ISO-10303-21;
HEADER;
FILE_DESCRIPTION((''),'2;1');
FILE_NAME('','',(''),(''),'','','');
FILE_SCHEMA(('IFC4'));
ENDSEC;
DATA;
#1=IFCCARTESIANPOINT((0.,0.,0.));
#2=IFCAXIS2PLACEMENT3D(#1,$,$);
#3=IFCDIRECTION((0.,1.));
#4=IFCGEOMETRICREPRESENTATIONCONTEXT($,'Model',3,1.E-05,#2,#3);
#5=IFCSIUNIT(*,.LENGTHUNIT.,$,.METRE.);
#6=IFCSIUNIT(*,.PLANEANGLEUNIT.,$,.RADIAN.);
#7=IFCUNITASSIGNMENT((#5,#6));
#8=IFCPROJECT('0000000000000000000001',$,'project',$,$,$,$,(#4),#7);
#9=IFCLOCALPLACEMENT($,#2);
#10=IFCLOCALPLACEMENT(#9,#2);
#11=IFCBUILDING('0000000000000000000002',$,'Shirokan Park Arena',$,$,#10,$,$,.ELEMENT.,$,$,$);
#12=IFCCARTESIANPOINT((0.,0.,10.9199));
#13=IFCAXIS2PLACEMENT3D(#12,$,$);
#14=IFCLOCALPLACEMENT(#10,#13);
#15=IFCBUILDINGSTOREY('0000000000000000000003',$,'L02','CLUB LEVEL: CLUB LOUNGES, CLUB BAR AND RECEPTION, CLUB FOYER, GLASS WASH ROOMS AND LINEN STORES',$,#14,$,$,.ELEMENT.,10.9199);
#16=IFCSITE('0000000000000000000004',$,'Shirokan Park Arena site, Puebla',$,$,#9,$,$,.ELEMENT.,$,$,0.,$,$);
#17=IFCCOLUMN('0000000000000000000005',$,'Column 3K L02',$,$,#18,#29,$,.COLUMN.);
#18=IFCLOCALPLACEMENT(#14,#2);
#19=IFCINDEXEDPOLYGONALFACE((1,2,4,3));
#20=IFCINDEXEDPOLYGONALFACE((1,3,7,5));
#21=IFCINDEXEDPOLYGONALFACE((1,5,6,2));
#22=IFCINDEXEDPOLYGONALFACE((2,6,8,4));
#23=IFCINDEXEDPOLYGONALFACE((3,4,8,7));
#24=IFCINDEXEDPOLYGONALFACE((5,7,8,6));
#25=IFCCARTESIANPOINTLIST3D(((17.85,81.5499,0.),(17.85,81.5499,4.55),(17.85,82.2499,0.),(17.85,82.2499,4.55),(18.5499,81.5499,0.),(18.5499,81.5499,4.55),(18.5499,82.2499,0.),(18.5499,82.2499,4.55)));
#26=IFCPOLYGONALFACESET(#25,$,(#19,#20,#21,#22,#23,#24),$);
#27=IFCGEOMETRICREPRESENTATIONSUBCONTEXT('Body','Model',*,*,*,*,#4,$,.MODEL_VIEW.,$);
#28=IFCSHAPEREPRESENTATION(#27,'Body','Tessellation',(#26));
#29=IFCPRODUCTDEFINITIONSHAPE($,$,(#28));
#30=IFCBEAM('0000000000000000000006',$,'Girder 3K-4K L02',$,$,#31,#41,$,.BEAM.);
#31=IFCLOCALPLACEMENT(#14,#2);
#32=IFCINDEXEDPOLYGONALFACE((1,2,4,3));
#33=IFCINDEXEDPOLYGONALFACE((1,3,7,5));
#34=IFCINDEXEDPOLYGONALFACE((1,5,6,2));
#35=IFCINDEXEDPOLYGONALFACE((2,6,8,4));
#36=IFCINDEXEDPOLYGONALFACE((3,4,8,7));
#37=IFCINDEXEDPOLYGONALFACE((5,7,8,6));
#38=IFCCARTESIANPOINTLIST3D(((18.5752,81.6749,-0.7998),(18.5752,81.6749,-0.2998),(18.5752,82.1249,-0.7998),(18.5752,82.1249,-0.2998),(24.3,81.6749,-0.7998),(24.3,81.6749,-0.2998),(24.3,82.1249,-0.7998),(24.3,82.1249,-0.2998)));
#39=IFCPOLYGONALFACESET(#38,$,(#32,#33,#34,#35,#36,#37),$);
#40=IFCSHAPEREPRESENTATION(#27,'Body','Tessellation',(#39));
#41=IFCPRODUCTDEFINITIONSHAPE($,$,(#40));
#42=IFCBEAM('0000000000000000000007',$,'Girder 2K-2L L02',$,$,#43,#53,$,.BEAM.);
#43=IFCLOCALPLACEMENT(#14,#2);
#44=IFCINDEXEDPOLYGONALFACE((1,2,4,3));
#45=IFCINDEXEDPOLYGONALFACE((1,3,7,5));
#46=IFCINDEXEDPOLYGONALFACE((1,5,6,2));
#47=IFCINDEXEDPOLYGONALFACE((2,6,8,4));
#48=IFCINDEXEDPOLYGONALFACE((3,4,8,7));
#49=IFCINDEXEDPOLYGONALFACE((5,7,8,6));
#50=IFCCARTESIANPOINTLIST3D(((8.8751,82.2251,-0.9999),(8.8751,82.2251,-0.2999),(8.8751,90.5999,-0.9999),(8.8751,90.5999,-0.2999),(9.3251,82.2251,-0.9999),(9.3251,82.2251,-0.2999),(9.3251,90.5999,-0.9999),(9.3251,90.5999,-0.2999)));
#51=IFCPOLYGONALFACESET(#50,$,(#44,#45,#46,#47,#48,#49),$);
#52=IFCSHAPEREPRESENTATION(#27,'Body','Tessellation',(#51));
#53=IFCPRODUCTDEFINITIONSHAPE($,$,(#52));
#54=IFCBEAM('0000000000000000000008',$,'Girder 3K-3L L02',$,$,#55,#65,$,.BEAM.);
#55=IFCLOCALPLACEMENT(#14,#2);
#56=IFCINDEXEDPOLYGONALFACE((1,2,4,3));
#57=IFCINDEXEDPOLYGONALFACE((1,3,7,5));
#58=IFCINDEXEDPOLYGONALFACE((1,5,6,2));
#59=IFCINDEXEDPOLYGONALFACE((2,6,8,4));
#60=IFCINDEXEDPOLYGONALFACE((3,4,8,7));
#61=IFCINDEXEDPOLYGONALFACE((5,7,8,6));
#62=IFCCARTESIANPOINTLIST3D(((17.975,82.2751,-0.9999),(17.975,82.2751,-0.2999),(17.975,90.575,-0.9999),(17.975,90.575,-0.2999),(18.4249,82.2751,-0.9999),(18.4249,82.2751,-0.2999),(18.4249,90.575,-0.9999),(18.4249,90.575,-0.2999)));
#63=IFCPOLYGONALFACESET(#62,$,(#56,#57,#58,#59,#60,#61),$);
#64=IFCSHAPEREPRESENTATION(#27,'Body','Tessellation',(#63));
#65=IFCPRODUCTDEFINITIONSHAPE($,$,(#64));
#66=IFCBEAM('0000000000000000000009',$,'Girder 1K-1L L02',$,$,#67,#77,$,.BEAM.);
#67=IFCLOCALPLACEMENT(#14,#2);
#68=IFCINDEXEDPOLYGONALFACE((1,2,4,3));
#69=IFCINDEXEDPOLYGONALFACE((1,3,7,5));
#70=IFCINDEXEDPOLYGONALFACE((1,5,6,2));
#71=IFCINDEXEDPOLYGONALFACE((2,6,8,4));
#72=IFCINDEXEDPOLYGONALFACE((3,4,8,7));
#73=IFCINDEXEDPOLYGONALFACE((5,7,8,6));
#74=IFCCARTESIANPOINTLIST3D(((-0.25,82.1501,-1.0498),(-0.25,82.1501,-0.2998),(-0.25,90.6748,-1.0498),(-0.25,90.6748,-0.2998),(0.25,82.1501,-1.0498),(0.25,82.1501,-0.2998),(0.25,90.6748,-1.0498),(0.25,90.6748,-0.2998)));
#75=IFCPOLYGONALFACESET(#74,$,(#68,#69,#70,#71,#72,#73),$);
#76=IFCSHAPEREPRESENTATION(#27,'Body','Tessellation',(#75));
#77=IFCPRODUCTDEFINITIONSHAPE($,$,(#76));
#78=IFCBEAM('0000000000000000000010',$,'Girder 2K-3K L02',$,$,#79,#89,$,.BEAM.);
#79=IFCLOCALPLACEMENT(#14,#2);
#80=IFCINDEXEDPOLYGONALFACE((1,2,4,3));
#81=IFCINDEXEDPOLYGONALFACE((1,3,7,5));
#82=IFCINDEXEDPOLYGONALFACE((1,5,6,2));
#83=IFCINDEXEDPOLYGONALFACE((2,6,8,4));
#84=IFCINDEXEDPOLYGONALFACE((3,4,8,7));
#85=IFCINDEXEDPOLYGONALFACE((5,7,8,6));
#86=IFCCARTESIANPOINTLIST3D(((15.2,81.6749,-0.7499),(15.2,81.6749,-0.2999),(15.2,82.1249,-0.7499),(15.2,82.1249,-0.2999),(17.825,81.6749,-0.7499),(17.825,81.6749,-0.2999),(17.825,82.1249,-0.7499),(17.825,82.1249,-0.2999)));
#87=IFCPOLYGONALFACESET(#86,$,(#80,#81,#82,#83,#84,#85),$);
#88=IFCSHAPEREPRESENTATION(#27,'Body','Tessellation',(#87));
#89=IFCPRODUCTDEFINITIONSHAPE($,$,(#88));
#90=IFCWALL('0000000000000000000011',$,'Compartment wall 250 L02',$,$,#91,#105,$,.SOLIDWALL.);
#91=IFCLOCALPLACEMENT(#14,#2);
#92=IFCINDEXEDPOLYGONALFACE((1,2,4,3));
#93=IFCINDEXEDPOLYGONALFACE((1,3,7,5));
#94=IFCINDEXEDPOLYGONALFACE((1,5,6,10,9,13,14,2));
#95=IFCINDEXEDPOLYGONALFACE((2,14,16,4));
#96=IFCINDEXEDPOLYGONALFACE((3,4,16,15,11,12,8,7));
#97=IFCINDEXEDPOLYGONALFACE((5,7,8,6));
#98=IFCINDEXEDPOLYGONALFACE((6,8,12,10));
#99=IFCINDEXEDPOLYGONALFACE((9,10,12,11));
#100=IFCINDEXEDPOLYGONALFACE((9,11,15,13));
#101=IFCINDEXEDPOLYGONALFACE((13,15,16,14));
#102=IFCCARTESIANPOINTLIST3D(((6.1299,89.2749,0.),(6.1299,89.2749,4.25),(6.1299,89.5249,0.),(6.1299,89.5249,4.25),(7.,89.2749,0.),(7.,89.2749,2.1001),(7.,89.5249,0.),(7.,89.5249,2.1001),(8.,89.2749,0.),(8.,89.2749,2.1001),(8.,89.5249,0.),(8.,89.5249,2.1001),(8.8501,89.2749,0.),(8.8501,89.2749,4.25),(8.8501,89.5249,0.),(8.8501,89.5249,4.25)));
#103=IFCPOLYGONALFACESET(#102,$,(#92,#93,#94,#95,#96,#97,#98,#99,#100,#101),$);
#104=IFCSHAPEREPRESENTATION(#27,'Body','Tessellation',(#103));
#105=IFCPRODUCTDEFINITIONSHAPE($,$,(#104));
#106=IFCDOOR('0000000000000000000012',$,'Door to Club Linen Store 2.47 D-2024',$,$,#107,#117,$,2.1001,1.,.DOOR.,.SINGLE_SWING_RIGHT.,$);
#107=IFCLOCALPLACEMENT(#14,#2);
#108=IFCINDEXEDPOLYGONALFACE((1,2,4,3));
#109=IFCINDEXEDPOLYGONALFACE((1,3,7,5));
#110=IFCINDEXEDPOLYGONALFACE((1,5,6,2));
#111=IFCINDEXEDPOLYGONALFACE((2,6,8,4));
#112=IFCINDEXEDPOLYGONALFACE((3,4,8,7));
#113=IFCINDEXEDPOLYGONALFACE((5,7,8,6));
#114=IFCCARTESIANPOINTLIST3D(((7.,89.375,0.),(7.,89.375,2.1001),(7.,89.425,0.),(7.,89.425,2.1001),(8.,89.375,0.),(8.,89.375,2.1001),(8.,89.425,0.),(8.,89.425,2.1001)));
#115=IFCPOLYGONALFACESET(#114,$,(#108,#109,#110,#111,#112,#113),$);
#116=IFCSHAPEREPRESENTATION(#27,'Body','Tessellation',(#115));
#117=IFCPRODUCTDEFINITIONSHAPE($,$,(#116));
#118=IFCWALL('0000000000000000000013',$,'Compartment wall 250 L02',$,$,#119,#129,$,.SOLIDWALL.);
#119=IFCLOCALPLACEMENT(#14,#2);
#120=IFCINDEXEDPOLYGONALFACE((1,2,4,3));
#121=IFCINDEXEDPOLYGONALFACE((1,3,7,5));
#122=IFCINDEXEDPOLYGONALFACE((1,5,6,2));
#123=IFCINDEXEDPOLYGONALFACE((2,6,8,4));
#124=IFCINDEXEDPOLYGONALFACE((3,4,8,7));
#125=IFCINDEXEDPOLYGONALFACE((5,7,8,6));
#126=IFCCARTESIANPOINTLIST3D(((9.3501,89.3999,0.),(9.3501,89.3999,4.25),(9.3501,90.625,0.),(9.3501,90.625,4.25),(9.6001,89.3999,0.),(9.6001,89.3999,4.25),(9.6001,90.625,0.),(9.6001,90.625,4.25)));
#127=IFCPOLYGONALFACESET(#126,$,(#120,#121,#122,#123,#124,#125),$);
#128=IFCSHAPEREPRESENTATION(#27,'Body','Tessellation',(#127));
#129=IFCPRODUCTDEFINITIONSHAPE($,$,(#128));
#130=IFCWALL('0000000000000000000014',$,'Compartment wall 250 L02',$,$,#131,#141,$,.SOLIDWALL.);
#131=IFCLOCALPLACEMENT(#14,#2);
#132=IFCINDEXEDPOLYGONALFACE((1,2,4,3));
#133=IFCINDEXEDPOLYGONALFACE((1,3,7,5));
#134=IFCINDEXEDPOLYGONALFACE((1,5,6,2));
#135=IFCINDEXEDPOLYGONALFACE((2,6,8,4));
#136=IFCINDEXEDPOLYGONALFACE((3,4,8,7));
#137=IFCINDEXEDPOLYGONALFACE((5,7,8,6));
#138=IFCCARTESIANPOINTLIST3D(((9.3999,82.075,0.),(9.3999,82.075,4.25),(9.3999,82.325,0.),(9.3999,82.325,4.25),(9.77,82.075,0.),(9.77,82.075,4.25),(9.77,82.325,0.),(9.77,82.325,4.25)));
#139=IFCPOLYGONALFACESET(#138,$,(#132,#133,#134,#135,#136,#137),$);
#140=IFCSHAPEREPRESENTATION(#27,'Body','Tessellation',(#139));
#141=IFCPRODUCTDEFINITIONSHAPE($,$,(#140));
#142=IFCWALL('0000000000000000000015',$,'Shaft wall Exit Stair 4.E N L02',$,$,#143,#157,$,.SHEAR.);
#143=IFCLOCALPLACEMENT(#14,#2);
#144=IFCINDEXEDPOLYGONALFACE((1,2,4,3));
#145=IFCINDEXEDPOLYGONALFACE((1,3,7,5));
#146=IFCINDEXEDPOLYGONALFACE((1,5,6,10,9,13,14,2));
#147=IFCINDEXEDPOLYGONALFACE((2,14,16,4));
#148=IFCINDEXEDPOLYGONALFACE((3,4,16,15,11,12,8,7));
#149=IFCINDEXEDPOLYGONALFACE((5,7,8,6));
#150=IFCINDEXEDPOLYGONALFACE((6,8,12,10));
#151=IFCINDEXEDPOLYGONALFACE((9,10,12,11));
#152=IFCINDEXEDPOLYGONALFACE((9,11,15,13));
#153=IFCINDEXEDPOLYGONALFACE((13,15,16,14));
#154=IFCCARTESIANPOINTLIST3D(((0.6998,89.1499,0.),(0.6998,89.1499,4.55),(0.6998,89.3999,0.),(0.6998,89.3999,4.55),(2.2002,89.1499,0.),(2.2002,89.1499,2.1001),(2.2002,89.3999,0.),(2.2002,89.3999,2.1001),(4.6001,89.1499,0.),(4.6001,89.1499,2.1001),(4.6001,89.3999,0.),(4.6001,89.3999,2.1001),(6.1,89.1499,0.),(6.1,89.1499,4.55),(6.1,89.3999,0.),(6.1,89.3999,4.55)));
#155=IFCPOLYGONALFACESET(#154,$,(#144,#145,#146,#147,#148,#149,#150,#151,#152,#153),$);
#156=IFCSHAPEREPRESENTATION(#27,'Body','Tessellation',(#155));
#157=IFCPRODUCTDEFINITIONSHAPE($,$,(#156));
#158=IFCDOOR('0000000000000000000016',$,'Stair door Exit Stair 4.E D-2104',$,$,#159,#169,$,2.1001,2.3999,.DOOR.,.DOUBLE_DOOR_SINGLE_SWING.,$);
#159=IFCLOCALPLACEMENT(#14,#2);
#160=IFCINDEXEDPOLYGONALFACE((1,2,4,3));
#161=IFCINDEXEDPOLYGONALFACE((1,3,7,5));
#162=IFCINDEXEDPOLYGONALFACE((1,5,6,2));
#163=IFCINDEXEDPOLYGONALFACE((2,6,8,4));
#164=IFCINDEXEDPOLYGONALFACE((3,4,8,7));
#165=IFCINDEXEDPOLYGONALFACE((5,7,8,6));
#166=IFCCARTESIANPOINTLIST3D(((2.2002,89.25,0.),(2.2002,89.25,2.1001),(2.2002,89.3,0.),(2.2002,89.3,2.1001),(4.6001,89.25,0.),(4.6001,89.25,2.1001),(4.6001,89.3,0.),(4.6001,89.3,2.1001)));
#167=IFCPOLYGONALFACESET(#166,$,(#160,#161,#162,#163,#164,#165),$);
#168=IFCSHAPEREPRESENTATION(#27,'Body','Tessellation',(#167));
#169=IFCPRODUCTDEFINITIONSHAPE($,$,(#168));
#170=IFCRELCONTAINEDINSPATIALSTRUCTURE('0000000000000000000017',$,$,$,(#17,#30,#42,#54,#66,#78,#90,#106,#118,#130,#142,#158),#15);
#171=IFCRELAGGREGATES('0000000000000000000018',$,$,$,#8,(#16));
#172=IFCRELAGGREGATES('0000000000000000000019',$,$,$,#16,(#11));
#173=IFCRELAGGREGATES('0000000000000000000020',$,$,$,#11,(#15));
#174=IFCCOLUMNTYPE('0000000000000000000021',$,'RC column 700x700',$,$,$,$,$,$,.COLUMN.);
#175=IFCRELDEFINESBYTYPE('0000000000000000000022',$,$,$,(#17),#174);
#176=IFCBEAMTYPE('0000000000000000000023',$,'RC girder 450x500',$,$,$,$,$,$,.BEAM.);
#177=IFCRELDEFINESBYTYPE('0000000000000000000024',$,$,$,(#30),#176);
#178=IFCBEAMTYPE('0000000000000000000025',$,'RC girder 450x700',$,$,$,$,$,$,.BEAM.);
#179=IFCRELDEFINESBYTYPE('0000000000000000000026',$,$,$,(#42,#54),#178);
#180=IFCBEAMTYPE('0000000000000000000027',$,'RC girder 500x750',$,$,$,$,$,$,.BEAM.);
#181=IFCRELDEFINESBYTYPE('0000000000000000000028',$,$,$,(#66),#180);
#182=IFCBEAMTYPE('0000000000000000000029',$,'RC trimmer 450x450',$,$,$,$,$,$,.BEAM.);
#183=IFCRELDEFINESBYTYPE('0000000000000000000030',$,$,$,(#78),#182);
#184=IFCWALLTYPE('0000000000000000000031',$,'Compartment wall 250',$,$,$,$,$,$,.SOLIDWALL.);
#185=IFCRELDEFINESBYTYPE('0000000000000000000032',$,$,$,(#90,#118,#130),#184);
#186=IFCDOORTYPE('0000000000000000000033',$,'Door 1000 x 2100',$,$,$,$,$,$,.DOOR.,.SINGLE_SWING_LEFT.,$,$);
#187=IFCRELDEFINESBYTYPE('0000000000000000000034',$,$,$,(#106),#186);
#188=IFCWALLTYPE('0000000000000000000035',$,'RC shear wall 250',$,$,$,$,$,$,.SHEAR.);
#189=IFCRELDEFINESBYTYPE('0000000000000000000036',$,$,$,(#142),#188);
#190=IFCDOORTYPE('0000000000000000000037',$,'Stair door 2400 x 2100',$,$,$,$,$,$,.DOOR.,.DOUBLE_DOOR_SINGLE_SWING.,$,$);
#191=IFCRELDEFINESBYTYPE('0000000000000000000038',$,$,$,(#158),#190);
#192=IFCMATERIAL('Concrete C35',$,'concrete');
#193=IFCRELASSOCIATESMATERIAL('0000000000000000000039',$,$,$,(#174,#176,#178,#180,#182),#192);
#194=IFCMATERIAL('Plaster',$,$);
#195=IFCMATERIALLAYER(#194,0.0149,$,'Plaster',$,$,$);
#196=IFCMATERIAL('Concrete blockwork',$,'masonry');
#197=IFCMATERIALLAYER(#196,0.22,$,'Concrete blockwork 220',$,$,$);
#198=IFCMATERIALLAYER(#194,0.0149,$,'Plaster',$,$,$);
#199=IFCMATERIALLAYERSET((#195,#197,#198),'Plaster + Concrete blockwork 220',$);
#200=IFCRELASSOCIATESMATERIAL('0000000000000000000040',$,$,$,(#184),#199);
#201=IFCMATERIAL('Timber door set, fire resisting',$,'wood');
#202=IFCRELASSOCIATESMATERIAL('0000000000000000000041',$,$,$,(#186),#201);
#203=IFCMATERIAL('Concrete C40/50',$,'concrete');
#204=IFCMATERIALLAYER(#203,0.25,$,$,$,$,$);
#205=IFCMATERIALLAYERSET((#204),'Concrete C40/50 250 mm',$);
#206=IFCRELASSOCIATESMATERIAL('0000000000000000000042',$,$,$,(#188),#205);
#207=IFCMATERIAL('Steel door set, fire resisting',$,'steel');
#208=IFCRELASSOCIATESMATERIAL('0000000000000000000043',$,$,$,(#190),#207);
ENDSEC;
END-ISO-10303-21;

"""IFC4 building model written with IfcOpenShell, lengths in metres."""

from ifc_helpers import new_model, si_unit, direction, frame, frame_2d, origin, origin_2d, place, context, subcontext, project, spatial, rectangle, extrude, material, layer, layer_set, material_profile, profile_set, type_object, element, fill, save


model = new_model("IFC4")

# Units and contexts
model_context = context("Model", 3, precision=1e-05, world=origin(), true_north=direction((0.0, 1.0)))
body_context = subcontext(model_context, "Body", "Model", "MODEL_VIEW")
ifc_project = project(units=[si_unit("LENGTHUNIT", "METRE"), si_unit("PLANEANGLEUNIT", "RADIAN")], contexts=[model_context])

# Site, building, storey
site_placement = place(None, origin())
site = spatial("IfcSite", under=ifc_project, at=site_placement, Name="Shirokan Park Arena site, Puebla", CompositionType="ELEMENT", RefElevation=0.0)
building_placement = place(site_placement, origin())
building = spatial("IfcBuilding", under=site, at=building_placement, Name="Shirokan Park Arena", CompositionType="ELEMENT")
storey_placement = place(building_placement, frame((0.0, 0.0, 10.9199)))
storey = spatial("IfcBuildingStorey", under=building, at=storey_placement, Name="L02", Description="CLUB LEVEL: CLUB LOUNGES, CLUB BAR AND RECEPTION, CLUB FOYER, GLASS WASH ROOMS AND LINEN STORES", CompositionType="ELEMENT", Elevation=10.9199)

# Column
ifc_material_1 = material(Name="Concrete C35", Category="concrete")
ifc_material_profile_1 = material_profile(ifc_material_1, rectangle(XDim=0.7, YDim=0.7, at=origin_2d()), Name="700x700")
ifc_profile_set_1 = profile_set([ifc_material_profile_1], Name="Concrete C35")
column_type = type_object("IfcColumnType", Name="RC column 700x700", PredefinedType="COLUMN", material=ifc_profile_set_1)
column_placement = place(storey_placement, frame((18.2, 81.8999, 0.0), z_axis=(0.0, 0.0, 1.0), x_axis=(1.0, 0.0, 0.0)))
element("IfcColumn", 1, at=column_placement, inside=storey, type_object=column_type, Name="Column 3K L02", PredefinedType="COLUMN", context=body_context, shape_type="SweptSolid", body=[
    extrude(rectangle(XDim=0.7, YDim=0.7, at=origin_2d()), origin(), (0.0, 0.0, 1.0), 4.55),
])

# Beams
ifc_material_profile_2 = material_profile(ifc_material_1, rectangle(XDim=0.45, YDim=0.5, at=origin_2d()), Name="450x500")
ifc_profile_set_2 = profile_set([ifc_material_profile_2], Name="Concrete C35")
beam_type_1 = type_object("IfcBeamType", Name="RC girder 450x500", PredefinedType="BEAM", material=ifc_profile_set_2)
beam_1_placement = place(storey_placement, frame((18.5752, 81.8999, -0.5498), z_axis=(1.0, 0.0, 0.0), x_axis=(0.0, 1.0, 0.0)))
element("IfcBeam", 2, at=beam_1_placement, inside=storey, type_object=beam_type_1, Name="Girder 3K-4K L02", PredefinedType="BEAM", context=body_context, shape_type="SweptSolid", body=[
    extrude(rectangle(XDim=0.45, YDim=0.5, at=origin_2d()), origin(), (0.0, 0.0, 1.0), 5.7249),
])
ifc_material_profile_3 = material_profile(ifc_material_1, rectangle(XDim=0.45, YDim=0.7, at=origin_2d()), Name="450x700")
ifc_profile_set_3 = profile_set([ifc_material_profile_3], Name="Concrete C35")
beam_type_2 = type_object("IfcBeamType", Name="RC girder 450x700", PredefinedType="BEAM", material=ifc_profile_set_3)
beam_2_placement = place(storey_placement, frame((9.1001, 82.2251, -0.6499), z_axis=(0.0, 1.0, 0.0), x_axis=(-1.0, 0.0, 0.0)))
element("IfcBeam", 3, at=beam_2_placement, inside=storey, type_object=beam_type_2, Name="Girder 2K-2L L02", PredefinedType="BEAM", context=body_context, shape_type="SweptSolid", body=[
    extrude(rectangle(XDim=0.45, YDim=0.7, at=origin_2d()), origin(), (0.0, 0.0, 1.0), 8.3748),
])
beam_3_placement = place(storey_placement, frame((18.2, 82.2751, -0.6499), z_axis=(0.0, 1.0, 0.0), x_axis=(-1.0, 0.0, 0.0)))
element("IfcBeam", 4, at=beam_3_placement, inside=storey, type_object=beam_type_2, Name="Girder 3K-3L L02", PredefinedType="BEAM", context=body_context, shape_type="SweptSolid", body=[
    extrude(rectangle(XDim=0.45, YDim=0.7, at=origin_2d()), origin(), (0.0, 0.0, 1.0), 8.2998),
])
ifc_material_profile_4 = material_profile(ifc_material_1, rectangle(XDim=0.5, YDim=0.75, at=origin_2d()), Name="500x750")
ifc_profile_set_4 = profile_set([ifc_material_profile_4], Name="Concrete C35")
beam_type_3 = type_object("IfcBeamType", Name="RC girder 500x750", PredefinedType="BEAM", material=ifc_profile_set_4)
beam_4_placement = place(storey_placement, frame((0.0, 82.1501, -0.6748), z_axis=(0.0, 1.0, 0.0), x_axis=(-1.0, 0.0, 0.0)))
element("IfcBeam", 5, at=beam_4_placement, inside=storey, type_object=beam_type_3, Name="Girder 1K-1L L02", PredefinedType="BEAM", context=body_context, shape_type="SweptSolid", body=[
    extrude(rectangle(XDim=0.5, YDim=0.75, at=origin_2d()), origin(), (0.0, 0.0, 1.0), 8.5247),
])
ifc_material_profile_5 = material_profile(ifc_material_1, rectangle(XDim=0.45, YDim=0.45, at=origin_2d()), Name="450x450")
ifc_profile_set_5 = profile_set([ifc_material_profile_5], Name="Concrete C35")
beam_type_4 = type_object("IfcBeamType", Name="RC trimmer 450x450", PredefinedType="BEAM", material=ifc_profile_set_5)
beam_5_placement = place(storey_placement, frame((15.2, 81.8999, -0.5249), z_axis=(1.0, 0.0, 0.0), x_axis=(0.0, 1.0, 0.0)))
element("IfcBeam", 6, at=beam_5_placement, inside=storey, type_object=beam_type_4, Name="Girder 2K-3K L02", PredefinedType="BEAM", context=body_context, shape_type="SweptSolid", body=[
    extrude(rectangle(XDim=0.45, YDim=0.45, at=origin_2d()), origin(), (0.0, 0.0, 1.0), 2.625),
])

# Wall, opening, door
ifc_material_2 = material(Name="Plaster")
ifc_layer_1 = layer(ifc_material_2, 0.0149, Name="Plaster")
ifc_material_3 = material(Name="Concrete blockwork", Category="masonry")
ifc_layer_2 = layer(ifc_material_3, 0.22, Name="Concrete blockwork 220")
ifc_layer_3 = layer(ifc_material_2, 0.0149, Name="Plaster")
ifc_layer_set_1 = layer_set([ifc_layer_1, ifc_layer_2, ifc_layer_3], Name="Plaster + Concrete blockwork 220")
wall_type_1 = type_object("IfcWallType", Name="Compartment wall 250", PredefinedType="SOLIDWALL", material=ifc_layer_set_1)
wall_1_placement = place(storey_placement, frame((8.8501, 89.3999, 0.0), z_axis=(0.0, 0.0, 1.0), x_axis=(-1.0, 0.0, 0.0)))
wall_1 = element("IfcWall", 7, at=wall_1_placement, inside=storey, type_object=wall_type_1, Name="Compartment wall 250 L02", PredefinedType="SOLIDWALL", context=body_context, shape_type="SweptSolid", body=[
    extrude(rectangle(XDim=2.7202, YDim=0.25, at=frame_2d((1.3601, 0.0))), origin(), (0.0, 0.0, 1.0), 4.25),
])
opening_1_placement = place(wall_1_placement, frame((0.8501, 0.0, 0.0)))
opening_1 = element("IfcOpeningElement", 8, at=opening_1_placement, cuts=wall_1, PredefinedType="OPENING", context=body_context, shape_type="SweptSolid", body=[
    extrude(rectangle(XDim=1.0, YDim=2.1001, at=frame_2d((0.5, 1.05))), frame((0.0, 0.135, 0.0), z_axis=(0.0, -1.0, 0.0), x_axis=(1.0, 0.0, 0.0)), (0.0, 0.0, 1.0), 0.27),
])
ifc_material_4 = material(Name="Timber door set, fire resisting", Category="wood")
door_type_1 = type_object("IfcDoorType", Name="Door 1000 x 2100", OperationType="SINGLE_SWING_LEFT", PredefinedType="DOOR", material=ifc_material_4)
door_1_placement = place(opening_1_placement, origin())
door_1 = element("IfcDoor", 9, at=door_1_placement, inside=storey, type_object=door_type_1, Name="Door to Club Linen Store 2.47 D-2024", OperationType="SINGLE_SWING_RIGHT", OverallHeight=2.1001, OverallWidth=1.0, PredefinedType="DOOR", context=body_context, shape_type="SweptSolid", body=[
    extrude(rectangle(XDim=1.0, YDim=2.1001, at=frame_2d((0.5, 1.05))), frame((0.0, 0.0249, 0.0), z_axis=(0.0, -1.0, 0.0), x_axis=(1.0, 0.0, 0.0)), (0.0, 0.0, 1.0), 0.05),
])
fill(opening_1, door_1)

# Walls
wall_2_placement = place(storey_placement, frame((9.4751, 89.3999, 0.0), z_axis=(0.0, 0.0, 1.0), x_axis=(0.0, 1.0, 0.0)))
element("IfcWall", 10, at=wall_2_placement, inside=storey, type_object=wall_type_1, Name="Compartment wall 250 L02", PredefinedType="SOLIDWALL", context=body_context, shape_type="SweptSolid", body=[
    extrude(rectangle(XDim=1.2251, YDim=0.25, at=frame_2d((0.6125, 0.0))), origin(), (0.0, 0.0, 1.0), 4.25),
])
wall_3_placement = place(storey_placement, frame((9.77, 82.2, 0.0), z_axis=(0.0, 0.0, 1.0), x_axis=(-1.0, 0.0, 0.0)))
element("IfcWall", 11, at=wall_3_placement, inside=storey, type_object=wall_type_1, Name="Compartment wall 250 L02", PredefinedType="SOLIDWALL", context=body_context, shape_type="SweptSolid", body=[
    extrude(rectangle(XDim=0.3701, YDim=0.25, at=frame_2d((0.1851, 0.0))), origin(), (0.0, 0.0, 1.0), 4.25),
])

# Wall, opening, door
ifc_material_5 = material(Name="Concrete C40/50", Category="concrete")
ifc_layer_4 = layer(ifc_material_5, 0.25)
ifc_layer_set_2 = layer_set([ifc_layer_4], Name="Concrete C40/50 250 mm")
wall_type_2 = type_object("IfcWallType", Name="RC shear wall 250", PredefinedType="SHEAR", material=ifc_layer_set_2)
wall_4_placement = place(storey_placement, frame((6.1001, 89.2749, 0.0), z_axis=(0.0, 0.0, 1.0), x_axis=(-1.0, 0.0, 0.0)))
wall_4 = element("IfcWall", 12, at=wall_4_placement, inside=storey, type_object=wall_type_2, Name="Shaft wall Exit Stair 4.E N L02", PredefinedType="SHEAR", context=body_context, shape_type="SweptSolid", body=[
    extrude(rectangle(XDim=5.4001, YDim=0.25, at=frame_2d((2.7002, 0.0))), origin(), (0.0, 0.0, 1.0), 4.55),
])
opening_2_placement = place(wall_4_placement, frame((1.5, 0.0, 0.0)))
opening_2 = element("IfcOpeningElement", 13, at=opening_2_placement, cuts=wall_4, PredefinedType="OPENING", context=body_context, shape_type="SweptSolid", body=[
    extrude(rectangle(XDim=2.3999, YDim=2.1001, at=frame_2d((1.2, 1.05))), frame((0.0, 0.135, 0.0), z_axis=(0.0, -1.0, 0.0), x_axis=(1.0, 0.0, 0.0)), (0.0, 0.0, 1.0), 0.27),
])
ifc_material_6 = material(Name="Steel door set, fire resisting", Category="steel")
door_type_2 = type_object("IfcDoorType", Name="Stair door 2400 x 2100", OperationType="DOUBLE_DOOR_SINGLE_SWING", PredefinedType="DOOR", material=ifc_material_6)
door_2_placement = place(opening_2_placement, origin())
door_2 = element("IfcDoor", 14, at=door_2_placement, inside=storey, type_object=door_type_2, Name="Stair door Exit Stair 4.E D-2104", OperationType="DOUBLE_DOOR_SINGLE_SWING", OverallHeight=2.1001, OverallWidth=2.3999, PredefinedType="DOOR", context=body_context, shape_type="SweptSolid", body=[
    extrude(rectangle(XDim=2.3999, YDim=2.1001, at=frame_2d((1.2, 1.05))), frame((0.0, 0.0249, 0.0), z_axis=(0.0, -1.0, 0.0), x_axis=(1.0, 0.0, 0.0)), (0.0, 0.0, 1.0), 0.05),
])
fill(opening_2, door_2)

save(model, "model.ifc")
